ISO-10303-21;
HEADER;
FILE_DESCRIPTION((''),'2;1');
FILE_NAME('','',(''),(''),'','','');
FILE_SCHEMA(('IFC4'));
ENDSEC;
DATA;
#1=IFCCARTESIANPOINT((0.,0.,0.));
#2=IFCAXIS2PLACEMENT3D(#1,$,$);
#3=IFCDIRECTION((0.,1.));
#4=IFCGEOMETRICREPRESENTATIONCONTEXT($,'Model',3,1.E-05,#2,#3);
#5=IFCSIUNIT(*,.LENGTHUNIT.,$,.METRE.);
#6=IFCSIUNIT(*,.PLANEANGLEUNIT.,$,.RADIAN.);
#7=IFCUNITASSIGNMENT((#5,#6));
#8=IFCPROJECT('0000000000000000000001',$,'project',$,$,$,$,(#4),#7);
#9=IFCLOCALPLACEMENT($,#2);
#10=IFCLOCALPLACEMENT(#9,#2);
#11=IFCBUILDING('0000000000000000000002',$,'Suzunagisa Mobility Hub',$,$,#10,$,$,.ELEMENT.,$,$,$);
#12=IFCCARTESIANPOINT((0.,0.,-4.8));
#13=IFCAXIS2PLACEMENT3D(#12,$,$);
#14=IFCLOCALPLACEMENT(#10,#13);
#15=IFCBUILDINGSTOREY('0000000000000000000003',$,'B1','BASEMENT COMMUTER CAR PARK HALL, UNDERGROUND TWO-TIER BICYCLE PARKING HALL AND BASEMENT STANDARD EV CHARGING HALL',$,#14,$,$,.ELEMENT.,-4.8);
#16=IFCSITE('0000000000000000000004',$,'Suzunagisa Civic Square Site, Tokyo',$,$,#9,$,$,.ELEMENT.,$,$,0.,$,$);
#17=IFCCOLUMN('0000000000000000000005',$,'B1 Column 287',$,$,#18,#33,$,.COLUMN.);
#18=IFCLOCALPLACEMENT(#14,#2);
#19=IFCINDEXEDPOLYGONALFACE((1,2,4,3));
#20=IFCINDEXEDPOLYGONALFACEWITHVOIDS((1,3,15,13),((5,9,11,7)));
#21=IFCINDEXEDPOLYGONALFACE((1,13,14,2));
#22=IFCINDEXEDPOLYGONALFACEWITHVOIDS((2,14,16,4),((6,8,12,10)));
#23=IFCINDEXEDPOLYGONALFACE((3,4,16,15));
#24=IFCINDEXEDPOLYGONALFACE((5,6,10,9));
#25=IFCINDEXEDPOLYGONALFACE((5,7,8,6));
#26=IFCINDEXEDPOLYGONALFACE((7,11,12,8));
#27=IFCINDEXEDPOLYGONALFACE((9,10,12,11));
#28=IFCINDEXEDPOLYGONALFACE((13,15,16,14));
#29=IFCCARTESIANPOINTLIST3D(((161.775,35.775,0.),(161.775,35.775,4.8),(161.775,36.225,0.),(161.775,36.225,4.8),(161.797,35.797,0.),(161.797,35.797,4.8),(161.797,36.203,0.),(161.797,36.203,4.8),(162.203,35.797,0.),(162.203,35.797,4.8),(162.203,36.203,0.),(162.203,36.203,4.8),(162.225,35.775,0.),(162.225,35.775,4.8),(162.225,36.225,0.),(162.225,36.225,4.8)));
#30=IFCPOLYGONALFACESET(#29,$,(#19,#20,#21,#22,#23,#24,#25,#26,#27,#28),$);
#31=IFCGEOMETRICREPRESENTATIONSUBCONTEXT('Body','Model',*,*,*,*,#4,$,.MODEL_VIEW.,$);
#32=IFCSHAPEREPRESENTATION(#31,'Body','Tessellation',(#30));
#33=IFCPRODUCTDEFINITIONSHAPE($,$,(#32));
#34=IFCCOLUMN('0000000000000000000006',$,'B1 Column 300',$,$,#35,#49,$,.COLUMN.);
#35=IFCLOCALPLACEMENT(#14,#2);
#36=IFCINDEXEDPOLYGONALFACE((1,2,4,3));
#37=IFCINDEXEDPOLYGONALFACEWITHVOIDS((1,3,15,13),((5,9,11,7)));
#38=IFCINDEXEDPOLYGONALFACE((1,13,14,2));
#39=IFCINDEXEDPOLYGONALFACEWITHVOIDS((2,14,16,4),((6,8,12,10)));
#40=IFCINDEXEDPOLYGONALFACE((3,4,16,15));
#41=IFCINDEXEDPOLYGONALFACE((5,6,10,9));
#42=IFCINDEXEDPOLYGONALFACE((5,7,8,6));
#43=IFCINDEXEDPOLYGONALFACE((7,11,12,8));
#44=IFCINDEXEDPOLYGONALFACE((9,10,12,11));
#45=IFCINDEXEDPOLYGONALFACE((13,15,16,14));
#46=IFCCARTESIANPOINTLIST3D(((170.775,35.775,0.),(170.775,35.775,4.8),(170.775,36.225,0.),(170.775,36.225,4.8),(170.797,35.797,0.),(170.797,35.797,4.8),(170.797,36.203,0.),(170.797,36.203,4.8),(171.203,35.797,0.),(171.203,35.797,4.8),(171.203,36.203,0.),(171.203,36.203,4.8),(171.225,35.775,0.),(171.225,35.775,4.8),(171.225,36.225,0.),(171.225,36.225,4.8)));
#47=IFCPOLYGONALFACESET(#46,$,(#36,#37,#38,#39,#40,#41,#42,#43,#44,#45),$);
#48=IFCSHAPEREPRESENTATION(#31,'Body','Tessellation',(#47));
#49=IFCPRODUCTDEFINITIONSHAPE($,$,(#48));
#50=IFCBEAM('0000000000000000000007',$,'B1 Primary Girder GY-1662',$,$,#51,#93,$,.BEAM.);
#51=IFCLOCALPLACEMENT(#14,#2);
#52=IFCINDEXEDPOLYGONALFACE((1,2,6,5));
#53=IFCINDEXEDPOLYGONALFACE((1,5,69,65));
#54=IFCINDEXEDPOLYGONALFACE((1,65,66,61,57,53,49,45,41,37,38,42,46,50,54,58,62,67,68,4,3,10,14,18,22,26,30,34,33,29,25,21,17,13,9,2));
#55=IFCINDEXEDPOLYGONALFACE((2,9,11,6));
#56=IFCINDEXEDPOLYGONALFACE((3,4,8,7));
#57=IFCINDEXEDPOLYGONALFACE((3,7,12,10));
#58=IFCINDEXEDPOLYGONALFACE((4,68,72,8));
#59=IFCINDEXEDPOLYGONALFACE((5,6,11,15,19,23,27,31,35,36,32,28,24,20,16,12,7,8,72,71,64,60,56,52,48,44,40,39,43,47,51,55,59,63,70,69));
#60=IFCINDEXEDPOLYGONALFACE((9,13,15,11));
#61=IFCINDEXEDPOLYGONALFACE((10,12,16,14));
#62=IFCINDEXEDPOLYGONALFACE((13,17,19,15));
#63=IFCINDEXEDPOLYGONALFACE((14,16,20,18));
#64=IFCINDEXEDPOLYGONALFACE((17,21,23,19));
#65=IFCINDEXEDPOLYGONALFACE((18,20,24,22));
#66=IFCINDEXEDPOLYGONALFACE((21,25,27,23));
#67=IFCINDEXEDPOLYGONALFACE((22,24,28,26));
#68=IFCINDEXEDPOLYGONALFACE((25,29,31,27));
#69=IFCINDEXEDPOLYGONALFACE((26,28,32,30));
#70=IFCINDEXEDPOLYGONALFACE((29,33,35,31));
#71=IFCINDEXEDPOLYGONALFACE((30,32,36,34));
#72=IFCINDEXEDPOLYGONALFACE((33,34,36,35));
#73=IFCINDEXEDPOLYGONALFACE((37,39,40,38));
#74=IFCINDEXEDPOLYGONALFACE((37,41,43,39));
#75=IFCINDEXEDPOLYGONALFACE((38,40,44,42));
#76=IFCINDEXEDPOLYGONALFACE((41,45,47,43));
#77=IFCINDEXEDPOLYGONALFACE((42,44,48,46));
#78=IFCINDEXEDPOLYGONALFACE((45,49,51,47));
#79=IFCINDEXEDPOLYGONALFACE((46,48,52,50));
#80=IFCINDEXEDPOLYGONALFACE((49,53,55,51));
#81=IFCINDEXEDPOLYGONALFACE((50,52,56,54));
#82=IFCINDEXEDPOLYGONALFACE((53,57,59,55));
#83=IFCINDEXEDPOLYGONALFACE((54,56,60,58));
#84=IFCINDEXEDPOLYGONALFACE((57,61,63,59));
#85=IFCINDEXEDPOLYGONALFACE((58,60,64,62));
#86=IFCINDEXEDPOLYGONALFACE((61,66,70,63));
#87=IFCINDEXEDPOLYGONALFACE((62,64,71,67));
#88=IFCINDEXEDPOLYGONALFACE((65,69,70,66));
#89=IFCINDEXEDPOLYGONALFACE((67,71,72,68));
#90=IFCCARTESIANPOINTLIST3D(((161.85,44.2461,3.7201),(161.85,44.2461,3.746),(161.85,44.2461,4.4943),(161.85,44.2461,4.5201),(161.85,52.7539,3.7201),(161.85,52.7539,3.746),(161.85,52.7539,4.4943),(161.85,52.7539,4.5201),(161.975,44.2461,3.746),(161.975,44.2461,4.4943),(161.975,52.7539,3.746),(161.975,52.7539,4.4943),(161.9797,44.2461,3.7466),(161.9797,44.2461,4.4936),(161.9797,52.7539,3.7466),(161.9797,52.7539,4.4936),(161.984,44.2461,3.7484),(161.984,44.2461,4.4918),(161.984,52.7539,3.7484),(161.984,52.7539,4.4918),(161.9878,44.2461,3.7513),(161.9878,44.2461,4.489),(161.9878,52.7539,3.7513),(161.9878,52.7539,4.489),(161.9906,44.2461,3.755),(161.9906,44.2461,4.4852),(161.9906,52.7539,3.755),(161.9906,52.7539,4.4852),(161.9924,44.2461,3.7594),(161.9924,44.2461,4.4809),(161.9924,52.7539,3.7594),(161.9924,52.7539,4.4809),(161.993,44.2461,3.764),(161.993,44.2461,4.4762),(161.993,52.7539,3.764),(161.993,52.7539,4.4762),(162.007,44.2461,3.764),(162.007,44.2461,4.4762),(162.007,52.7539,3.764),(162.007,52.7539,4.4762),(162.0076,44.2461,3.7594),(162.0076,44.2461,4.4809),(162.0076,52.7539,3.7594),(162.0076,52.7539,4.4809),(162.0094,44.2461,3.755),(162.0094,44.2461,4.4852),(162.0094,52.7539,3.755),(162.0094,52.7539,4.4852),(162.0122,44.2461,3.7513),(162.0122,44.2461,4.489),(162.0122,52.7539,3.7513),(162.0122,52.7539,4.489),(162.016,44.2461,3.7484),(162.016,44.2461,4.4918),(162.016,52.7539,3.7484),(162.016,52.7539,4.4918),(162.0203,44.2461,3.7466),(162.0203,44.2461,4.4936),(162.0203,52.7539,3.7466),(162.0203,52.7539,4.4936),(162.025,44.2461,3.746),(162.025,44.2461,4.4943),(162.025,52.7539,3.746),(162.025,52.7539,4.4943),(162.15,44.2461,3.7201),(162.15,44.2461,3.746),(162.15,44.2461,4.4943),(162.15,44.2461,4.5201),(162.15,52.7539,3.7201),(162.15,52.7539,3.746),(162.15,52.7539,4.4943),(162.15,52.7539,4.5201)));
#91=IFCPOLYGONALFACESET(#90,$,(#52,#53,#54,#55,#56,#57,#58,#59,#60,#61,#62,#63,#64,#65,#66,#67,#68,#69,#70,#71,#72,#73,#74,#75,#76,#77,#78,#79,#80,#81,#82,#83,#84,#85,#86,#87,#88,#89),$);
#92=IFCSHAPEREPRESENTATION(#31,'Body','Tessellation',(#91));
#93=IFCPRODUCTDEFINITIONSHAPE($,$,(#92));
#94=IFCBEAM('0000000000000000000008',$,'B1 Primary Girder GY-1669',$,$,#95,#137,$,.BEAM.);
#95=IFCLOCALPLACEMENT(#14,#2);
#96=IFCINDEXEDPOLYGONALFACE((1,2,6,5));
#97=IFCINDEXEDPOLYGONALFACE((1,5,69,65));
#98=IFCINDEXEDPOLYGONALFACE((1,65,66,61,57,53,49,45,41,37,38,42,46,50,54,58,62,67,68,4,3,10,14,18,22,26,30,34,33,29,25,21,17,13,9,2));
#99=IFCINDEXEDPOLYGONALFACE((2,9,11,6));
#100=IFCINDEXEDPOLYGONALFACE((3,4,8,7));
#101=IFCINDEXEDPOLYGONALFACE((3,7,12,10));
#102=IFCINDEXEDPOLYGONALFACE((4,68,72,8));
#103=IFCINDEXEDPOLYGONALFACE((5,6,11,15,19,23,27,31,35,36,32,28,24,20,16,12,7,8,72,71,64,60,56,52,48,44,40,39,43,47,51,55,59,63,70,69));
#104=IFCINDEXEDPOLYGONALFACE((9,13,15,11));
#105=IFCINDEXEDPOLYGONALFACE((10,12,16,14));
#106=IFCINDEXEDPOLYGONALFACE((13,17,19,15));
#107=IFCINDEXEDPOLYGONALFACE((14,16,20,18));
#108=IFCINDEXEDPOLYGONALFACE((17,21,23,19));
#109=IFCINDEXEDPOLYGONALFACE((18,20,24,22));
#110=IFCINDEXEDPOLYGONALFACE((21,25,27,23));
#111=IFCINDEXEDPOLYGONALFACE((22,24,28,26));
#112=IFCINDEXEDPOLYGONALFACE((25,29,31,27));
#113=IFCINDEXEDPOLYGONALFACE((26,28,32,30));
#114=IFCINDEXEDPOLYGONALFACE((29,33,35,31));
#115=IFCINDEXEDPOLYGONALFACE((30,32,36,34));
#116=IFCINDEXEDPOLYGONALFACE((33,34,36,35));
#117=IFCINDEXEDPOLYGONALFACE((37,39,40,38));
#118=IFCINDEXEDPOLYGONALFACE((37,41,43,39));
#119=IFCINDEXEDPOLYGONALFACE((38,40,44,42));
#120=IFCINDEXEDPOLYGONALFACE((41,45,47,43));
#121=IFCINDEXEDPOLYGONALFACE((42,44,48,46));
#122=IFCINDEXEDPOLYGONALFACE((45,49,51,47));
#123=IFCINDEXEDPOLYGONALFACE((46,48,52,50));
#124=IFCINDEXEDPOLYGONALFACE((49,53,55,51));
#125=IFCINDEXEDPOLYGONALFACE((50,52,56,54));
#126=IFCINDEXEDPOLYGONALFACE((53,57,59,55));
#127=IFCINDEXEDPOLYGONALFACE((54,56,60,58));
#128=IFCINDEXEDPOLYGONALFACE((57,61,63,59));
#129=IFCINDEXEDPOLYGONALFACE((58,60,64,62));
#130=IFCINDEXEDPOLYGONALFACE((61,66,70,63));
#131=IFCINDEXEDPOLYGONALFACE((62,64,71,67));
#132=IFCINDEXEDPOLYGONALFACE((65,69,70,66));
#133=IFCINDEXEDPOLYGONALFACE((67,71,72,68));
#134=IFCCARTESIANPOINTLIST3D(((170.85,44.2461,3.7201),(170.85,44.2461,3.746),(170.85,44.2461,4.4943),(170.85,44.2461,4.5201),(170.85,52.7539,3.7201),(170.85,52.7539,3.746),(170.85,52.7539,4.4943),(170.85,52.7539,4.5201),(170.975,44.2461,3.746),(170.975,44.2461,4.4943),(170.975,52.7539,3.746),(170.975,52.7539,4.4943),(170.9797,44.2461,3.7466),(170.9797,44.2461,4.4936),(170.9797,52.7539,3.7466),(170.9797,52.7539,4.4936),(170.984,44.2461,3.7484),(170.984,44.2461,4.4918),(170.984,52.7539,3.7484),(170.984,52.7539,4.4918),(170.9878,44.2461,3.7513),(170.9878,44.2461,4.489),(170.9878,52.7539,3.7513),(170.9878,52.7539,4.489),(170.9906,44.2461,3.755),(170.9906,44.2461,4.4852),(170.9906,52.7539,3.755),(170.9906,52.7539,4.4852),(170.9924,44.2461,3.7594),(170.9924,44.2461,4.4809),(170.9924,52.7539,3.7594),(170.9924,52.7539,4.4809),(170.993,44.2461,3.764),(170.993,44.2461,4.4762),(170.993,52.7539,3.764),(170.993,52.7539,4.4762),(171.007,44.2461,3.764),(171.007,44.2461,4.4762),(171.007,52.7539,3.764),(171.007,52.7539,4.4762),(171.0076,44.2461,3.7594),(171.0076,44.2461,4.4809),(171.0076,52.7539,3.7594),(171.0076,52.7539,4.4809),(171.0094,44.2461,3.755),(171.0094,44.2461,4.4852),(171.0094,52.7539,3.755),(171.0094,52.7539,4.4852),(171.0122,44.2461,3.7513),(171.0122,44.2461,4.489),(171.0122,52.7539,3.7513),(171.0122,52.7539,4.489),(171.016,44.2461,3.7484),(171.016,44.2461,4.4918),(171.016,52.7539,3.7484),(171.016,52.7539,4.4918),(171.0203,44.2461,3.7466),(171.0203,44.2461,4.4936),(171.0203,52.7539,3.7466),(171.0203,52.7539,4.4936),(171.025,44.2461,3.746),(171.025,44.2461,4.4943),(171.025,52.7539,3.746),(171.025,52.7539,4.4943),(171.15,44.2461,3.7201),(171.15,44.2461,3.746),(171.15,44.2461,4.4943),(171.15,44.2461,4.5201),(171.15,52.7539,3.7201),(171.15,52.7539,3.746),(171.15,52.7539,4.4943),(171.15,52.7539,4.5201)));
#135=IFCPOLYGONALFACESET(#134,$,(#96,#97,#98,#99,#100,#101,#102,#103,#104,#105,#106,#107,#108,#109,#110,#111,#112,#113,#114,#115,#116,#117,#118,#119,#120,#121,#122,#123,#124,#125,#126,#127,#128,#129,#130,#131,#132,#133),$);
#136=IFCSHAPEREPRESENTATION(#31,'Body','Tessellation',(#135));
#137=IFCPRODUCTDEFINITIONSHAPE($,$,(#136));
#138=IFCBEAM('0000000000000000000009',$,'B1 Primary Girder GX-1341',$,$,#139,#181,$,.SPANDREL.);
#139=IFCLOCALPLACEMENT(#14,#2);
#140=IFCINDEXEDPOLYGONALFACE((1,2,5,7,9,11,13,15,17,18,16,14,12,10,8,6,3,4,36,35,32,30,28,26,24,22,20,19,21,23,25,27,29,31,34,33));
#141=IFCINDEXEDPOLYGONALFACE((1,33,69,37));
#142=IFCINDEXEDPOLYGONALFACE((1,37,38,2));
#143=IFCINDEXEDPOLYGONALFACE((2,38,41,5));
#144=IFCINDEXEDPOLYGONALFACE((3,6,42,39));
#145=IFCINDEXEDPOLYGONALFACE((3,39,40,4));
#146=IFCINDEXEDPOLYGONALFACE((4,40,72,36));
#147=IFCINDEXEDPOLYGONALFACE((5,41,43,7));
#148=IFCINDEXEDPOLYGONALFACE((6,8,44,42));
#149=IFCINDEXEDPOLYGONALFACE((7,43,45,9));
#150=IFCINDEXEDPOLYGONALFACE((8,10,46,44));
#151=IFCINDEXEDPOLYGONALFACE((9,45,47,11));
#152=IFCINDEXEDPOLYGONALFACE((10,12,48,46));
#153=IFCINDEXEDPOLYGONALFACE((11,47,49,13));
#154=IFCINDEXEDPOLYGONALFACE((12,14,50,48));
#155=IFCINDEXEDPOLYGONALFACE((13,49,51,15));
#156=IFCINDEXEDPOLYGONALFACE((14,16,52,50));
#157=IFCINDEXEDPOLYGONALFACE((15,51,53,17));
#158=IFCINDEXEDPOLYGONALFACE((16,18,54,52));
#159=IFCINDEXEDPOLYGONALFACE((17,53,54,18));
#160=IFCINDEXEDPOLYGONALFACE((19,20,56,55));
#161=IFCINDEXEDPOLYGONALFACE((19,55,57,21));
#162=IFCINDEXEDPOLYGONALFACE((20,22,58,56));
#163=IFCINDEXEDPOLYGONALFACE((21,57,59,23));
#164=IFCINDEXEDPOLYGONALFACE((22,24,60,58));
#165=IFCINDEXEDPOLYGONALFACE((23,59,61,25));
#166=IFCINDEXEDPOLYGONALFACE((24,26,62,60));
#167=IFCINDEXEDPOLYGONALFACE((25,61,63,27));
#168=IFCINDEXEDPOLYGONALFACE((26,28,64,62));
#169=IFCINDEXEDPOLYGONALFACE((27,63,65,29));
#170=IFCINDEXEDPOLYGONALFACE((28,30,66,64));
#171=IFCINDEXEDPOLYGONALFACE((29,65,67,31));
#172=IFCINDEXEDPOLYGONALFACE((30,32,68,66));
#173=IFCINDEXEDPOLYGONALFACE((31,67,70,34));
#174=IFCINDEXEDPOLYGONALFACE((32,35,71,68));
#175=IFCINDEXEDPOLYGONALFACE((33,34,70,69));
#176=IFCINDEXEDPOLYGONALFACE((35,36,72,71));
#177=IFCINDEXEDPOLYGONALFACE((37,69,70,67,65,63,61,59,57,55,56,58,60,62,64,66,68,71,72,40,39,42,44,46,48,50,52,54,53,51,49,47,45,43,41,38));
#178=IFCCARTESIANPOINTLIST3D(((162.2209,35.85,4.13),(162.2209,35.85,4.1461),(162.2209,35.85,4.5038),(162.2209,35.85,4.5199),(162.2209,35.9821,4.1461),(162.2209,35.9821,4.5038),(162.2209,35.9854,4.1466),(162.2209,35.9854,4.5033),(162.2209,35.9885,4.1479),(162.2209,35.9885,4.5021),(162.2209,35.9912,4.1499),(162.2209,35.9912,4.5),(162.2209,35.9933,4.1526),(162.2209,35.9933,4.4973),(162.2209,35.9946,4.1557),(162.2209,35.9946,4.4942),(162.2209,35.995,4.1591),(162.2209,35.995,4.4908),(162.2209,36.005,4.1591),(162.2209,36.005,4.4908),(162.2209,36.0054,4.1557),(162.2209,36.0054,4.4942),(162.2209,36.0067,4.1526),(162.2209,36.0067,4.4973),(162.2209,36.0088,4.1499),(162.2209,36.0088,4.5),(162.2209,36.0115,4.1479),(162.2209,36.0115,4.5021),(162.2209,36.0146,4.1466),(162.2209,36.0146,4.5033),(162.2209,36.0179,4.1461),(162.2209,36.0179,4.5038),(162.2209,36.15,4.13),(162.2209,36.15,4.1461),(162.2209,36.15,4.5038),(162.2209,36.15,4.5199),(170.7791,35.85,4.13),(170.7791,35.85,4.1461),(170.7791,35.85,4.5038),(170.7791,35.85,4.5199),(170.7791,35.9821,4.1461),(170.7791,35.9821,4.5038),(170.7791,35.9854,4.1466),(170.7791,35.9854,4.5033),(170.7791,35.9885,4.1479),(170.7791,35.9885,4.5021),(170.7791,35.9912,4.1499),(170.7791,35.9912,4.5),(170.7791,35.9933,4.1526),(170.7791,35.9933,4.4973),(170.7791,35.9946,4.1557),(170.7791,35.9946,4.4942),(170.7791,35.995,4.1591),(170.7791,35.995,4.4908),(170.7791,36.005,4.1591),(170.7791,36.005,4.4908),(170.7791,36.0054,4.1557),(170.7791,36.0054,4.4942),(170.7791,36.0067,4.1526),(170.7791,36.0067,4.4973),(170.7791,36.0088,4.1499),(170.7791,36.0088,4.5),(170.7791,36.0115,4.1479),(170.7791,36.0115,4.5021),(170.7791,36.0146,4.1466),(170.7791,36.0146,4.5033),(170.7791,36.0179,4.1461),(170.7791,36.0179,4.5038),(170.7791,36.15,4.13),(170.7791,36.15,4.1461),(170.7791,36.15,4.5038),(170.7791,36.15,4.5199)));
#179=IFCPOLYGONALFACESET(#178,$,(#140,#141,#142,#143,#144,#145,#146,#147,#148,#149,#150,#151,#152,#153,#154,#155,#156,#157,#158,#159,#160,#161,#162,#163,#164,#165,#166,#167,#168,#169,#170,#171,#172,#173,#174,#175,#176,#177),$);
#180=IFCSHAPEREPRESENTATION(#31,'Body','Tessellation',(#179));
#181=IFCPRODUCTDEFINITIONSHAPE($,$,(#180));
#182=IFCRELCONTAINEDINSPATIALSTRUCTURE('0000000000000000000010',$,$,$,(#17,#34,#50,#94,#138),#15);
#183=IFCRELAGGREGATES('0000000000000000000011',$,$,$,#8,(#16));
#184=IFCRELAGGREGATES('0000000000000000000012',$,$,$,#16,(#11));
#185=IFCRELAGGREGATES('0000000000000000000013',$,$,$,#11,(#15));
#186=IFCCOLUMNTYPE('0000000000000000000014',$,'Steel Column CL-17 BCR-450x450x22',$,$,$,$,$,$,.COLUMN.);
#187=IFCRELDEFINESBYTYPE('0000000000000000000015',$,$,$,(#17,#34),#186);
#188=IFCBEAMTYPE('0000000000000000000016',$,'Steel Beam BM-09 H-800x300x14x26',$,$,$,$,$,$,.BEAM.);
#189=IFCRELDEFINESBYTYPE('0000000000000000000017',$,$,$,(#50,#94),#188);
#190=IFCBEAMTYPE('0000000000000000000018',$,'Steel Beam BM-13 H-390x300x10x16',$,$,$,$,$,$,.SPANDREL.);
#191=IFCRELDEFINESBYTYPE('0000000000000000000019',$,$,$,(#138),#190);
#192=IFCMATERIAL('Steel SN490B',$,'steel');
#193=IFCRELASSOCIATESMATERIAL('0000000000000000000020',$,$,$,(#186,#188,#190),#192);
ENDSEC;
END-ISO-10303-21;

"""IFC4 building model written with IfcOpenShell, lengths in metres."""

from ifc_helpers import new_model, si_unit, direction, frame, origin, origin_2d, place, context, subcontext, project, spatial, hollow_rectangle, i_section, extrude, material, material_profile, profile_set, type_object, element, save


model = new_model("IFC4")

# Units and contexts
model_context = context("Model", 3, precision=1e-05, world=origin(), true_north=direction((0.0, 1.0)))
body_context = subcontext(model_context, "Body", "Model", "MODEL_VIEW")
ifc_project = project(units=[si_unit("LENGTHUNIT", "METRE"), si_unit("PLANEANGLEUNIT", "RADIAN")], contexts=[model_context])

# Site, building, storey
site_placement = place(None, origin())
site = spatial("IfcSite", under=ifc_project, at=site_placement, Name="Suzunagisa Civic Square Site, Tokyo", CompositionType="ELEMENT", RefElevation=0.0)
building_placement = place(site_placement, origin())
building = spatial("IfcBuilding", under=site, at=building_placement, Name="Suzunagisa Mobility Hub", CompositionType="ELEMENT")
storey_placement = place(building_placement, frame((0.0, 0.0, -4.8)))
storey = spatial("IfcBuildingStorey", under=building, at=storey_placement, Name="B1", Description="BASEMENT COMMUTER CAR PARK HALL, UNDERGROUND TWO-TIER BICYCLE PARKING HALL AND BASEMENT STANDARD EV CHARGING HALL", CompositionType="ELEMENT", Elevation=-4.8)

# Columns
ifc_material_1 = material(Name="Steel SN490B", Category="steel")
ifc_material_profile_1 = material_profile(ifc_material_1, hollow_rectangle(XDim=0.45, YDim=0.45, WallThickness=0.022, at=origin_2d()), Name="BCR-450x450x22")
ifc_profile_set_1 = profile_set([ifc_material_profile_1], Name="Steel SN490B")
column_type_1 = type_object("IfcColumnType", Name="Steel Column CL-17 BCR-450x450x22", PredefinedType="COLUMN", material=ifc_profile_set_1)
for number, where, z_axis, x_axis, name in (
    (1, (162.0, 36.0, 0.0), (0.0, 0.0, 1.0), (1.0, 0.0, 0.0), "B1 Column 287"),
    (2, (171.0, 36.0, 0.0), (0.0, 0.0, 1.0), (1.0, 0.0, 0.0), "B1 Column 300"),
):
    element("IfcColumn", number, at=place(storey_placement, frame(where, z_axis=z_axis, x_axis=x_axis)), inside=storey, type_object=column_type_1, Name=name, PredefinedType="COLUMN", context=body_context, shape_type="SweptSolid", body=[
        extrude(hollow_rectangle(XDim=0.45, YDim=0.45, WallThickness=0.022, at=origin_2d()), origin(), (0.0, 0.0, 1.0), 4.8),
    ])

# Beams
ifc_material_profile_2 = material_profile(ifc_material_1, i_section(OverallWidth=0.3, OverallDepth=0.8, WebThickness=0.0139, FlangeThickness=0.0259, FilletRadius=0.0181, at=origin_2d()), Name="H-800x300x14x26")
ifc_profile_set_2 = profile_set([ifc_material_profile_2], Name="Steel SN490B")
beam_type_1 = type_object("IfcBeamType", Name="Steel Beam BM-09 H-800x300x14x26", PredefinedType="BEAM", material=ifc_profile_set_2)
for number, where, z_axis, x_axis, name in (
    (3, (162.0, 44.2461, 4.1201), (0.0, 1.0, 0.0), (-1.0, 0.0, 0.0), "B1 Primary Girder GY-1662"),
    (4, (171.0, 44.2461, 4.1201), (0.0, 1.0, 0.0), (-1.0, 0.0, 0.0), "B1 Primary Girder GY-1669"),
):
    element("IfcBeam", number, at=place(storey_placement, frame(where, z_axis=z_axis, x_axis=x_axis)), inside=storey, type_object=beam_type_1, Name=name, PredefinedType="BEAM", context=body_context, shape_type="SweptSolid", body=[
        extrude(i_section(OverallWidth=0.3, OverallDepth=0.8, WebThickness=0.0139, FlangeThickness=0.0259, FilletRadius=0.0181, at=origin_2d()), origin(), (0.0, 0.0, 1.0), 8.5078),
    ])
ifc_material_profile_3 = material_profile(ifc_material_1, i_section(OverallWidth=0.3, OverallDepth=0.3899, WebThickness=0.01, FlangeThickness=0.0161, FilletRadius=0.0129, at=origin_2d()), Name="H-390x300x10x16")
ifc_profile_set_3 = profile_set([ifc_material_profile_3], Name="Steel SN490B")
beam_type_2 = type_object("IfcBeamType", Name="Steel Beam BM-13 H-390x300x10x16", PredefinedType="SPANDREL", material=ifc_profile_set_3)
beam_1_placement = place(storey_placement, frame((162.2209, 36.0, 4.325), z_axis=(1.0, 0.0, 0.0), x_axis=(0.0, 1.0, 0.0)))
element("IfcBeam", 5, at=beam_1_placement, inside=storey, type_object=beam_type_2, Name="B1 Primary Girder GX-1341", PredefinedType="SPANDREL", context=body_context, shape_type="SweptSolid", body=[
    extrude(i_section(OverallWidth=0.3, OverallDepth=0.3899, WebThickness=0.01, FlangeThickness=0.0161, FilletRadius=0.0129, at=origin_2d()), origin(), (0.0, 0.0, 1.0), 8.5581),
])

save(model, "model.ifc")
